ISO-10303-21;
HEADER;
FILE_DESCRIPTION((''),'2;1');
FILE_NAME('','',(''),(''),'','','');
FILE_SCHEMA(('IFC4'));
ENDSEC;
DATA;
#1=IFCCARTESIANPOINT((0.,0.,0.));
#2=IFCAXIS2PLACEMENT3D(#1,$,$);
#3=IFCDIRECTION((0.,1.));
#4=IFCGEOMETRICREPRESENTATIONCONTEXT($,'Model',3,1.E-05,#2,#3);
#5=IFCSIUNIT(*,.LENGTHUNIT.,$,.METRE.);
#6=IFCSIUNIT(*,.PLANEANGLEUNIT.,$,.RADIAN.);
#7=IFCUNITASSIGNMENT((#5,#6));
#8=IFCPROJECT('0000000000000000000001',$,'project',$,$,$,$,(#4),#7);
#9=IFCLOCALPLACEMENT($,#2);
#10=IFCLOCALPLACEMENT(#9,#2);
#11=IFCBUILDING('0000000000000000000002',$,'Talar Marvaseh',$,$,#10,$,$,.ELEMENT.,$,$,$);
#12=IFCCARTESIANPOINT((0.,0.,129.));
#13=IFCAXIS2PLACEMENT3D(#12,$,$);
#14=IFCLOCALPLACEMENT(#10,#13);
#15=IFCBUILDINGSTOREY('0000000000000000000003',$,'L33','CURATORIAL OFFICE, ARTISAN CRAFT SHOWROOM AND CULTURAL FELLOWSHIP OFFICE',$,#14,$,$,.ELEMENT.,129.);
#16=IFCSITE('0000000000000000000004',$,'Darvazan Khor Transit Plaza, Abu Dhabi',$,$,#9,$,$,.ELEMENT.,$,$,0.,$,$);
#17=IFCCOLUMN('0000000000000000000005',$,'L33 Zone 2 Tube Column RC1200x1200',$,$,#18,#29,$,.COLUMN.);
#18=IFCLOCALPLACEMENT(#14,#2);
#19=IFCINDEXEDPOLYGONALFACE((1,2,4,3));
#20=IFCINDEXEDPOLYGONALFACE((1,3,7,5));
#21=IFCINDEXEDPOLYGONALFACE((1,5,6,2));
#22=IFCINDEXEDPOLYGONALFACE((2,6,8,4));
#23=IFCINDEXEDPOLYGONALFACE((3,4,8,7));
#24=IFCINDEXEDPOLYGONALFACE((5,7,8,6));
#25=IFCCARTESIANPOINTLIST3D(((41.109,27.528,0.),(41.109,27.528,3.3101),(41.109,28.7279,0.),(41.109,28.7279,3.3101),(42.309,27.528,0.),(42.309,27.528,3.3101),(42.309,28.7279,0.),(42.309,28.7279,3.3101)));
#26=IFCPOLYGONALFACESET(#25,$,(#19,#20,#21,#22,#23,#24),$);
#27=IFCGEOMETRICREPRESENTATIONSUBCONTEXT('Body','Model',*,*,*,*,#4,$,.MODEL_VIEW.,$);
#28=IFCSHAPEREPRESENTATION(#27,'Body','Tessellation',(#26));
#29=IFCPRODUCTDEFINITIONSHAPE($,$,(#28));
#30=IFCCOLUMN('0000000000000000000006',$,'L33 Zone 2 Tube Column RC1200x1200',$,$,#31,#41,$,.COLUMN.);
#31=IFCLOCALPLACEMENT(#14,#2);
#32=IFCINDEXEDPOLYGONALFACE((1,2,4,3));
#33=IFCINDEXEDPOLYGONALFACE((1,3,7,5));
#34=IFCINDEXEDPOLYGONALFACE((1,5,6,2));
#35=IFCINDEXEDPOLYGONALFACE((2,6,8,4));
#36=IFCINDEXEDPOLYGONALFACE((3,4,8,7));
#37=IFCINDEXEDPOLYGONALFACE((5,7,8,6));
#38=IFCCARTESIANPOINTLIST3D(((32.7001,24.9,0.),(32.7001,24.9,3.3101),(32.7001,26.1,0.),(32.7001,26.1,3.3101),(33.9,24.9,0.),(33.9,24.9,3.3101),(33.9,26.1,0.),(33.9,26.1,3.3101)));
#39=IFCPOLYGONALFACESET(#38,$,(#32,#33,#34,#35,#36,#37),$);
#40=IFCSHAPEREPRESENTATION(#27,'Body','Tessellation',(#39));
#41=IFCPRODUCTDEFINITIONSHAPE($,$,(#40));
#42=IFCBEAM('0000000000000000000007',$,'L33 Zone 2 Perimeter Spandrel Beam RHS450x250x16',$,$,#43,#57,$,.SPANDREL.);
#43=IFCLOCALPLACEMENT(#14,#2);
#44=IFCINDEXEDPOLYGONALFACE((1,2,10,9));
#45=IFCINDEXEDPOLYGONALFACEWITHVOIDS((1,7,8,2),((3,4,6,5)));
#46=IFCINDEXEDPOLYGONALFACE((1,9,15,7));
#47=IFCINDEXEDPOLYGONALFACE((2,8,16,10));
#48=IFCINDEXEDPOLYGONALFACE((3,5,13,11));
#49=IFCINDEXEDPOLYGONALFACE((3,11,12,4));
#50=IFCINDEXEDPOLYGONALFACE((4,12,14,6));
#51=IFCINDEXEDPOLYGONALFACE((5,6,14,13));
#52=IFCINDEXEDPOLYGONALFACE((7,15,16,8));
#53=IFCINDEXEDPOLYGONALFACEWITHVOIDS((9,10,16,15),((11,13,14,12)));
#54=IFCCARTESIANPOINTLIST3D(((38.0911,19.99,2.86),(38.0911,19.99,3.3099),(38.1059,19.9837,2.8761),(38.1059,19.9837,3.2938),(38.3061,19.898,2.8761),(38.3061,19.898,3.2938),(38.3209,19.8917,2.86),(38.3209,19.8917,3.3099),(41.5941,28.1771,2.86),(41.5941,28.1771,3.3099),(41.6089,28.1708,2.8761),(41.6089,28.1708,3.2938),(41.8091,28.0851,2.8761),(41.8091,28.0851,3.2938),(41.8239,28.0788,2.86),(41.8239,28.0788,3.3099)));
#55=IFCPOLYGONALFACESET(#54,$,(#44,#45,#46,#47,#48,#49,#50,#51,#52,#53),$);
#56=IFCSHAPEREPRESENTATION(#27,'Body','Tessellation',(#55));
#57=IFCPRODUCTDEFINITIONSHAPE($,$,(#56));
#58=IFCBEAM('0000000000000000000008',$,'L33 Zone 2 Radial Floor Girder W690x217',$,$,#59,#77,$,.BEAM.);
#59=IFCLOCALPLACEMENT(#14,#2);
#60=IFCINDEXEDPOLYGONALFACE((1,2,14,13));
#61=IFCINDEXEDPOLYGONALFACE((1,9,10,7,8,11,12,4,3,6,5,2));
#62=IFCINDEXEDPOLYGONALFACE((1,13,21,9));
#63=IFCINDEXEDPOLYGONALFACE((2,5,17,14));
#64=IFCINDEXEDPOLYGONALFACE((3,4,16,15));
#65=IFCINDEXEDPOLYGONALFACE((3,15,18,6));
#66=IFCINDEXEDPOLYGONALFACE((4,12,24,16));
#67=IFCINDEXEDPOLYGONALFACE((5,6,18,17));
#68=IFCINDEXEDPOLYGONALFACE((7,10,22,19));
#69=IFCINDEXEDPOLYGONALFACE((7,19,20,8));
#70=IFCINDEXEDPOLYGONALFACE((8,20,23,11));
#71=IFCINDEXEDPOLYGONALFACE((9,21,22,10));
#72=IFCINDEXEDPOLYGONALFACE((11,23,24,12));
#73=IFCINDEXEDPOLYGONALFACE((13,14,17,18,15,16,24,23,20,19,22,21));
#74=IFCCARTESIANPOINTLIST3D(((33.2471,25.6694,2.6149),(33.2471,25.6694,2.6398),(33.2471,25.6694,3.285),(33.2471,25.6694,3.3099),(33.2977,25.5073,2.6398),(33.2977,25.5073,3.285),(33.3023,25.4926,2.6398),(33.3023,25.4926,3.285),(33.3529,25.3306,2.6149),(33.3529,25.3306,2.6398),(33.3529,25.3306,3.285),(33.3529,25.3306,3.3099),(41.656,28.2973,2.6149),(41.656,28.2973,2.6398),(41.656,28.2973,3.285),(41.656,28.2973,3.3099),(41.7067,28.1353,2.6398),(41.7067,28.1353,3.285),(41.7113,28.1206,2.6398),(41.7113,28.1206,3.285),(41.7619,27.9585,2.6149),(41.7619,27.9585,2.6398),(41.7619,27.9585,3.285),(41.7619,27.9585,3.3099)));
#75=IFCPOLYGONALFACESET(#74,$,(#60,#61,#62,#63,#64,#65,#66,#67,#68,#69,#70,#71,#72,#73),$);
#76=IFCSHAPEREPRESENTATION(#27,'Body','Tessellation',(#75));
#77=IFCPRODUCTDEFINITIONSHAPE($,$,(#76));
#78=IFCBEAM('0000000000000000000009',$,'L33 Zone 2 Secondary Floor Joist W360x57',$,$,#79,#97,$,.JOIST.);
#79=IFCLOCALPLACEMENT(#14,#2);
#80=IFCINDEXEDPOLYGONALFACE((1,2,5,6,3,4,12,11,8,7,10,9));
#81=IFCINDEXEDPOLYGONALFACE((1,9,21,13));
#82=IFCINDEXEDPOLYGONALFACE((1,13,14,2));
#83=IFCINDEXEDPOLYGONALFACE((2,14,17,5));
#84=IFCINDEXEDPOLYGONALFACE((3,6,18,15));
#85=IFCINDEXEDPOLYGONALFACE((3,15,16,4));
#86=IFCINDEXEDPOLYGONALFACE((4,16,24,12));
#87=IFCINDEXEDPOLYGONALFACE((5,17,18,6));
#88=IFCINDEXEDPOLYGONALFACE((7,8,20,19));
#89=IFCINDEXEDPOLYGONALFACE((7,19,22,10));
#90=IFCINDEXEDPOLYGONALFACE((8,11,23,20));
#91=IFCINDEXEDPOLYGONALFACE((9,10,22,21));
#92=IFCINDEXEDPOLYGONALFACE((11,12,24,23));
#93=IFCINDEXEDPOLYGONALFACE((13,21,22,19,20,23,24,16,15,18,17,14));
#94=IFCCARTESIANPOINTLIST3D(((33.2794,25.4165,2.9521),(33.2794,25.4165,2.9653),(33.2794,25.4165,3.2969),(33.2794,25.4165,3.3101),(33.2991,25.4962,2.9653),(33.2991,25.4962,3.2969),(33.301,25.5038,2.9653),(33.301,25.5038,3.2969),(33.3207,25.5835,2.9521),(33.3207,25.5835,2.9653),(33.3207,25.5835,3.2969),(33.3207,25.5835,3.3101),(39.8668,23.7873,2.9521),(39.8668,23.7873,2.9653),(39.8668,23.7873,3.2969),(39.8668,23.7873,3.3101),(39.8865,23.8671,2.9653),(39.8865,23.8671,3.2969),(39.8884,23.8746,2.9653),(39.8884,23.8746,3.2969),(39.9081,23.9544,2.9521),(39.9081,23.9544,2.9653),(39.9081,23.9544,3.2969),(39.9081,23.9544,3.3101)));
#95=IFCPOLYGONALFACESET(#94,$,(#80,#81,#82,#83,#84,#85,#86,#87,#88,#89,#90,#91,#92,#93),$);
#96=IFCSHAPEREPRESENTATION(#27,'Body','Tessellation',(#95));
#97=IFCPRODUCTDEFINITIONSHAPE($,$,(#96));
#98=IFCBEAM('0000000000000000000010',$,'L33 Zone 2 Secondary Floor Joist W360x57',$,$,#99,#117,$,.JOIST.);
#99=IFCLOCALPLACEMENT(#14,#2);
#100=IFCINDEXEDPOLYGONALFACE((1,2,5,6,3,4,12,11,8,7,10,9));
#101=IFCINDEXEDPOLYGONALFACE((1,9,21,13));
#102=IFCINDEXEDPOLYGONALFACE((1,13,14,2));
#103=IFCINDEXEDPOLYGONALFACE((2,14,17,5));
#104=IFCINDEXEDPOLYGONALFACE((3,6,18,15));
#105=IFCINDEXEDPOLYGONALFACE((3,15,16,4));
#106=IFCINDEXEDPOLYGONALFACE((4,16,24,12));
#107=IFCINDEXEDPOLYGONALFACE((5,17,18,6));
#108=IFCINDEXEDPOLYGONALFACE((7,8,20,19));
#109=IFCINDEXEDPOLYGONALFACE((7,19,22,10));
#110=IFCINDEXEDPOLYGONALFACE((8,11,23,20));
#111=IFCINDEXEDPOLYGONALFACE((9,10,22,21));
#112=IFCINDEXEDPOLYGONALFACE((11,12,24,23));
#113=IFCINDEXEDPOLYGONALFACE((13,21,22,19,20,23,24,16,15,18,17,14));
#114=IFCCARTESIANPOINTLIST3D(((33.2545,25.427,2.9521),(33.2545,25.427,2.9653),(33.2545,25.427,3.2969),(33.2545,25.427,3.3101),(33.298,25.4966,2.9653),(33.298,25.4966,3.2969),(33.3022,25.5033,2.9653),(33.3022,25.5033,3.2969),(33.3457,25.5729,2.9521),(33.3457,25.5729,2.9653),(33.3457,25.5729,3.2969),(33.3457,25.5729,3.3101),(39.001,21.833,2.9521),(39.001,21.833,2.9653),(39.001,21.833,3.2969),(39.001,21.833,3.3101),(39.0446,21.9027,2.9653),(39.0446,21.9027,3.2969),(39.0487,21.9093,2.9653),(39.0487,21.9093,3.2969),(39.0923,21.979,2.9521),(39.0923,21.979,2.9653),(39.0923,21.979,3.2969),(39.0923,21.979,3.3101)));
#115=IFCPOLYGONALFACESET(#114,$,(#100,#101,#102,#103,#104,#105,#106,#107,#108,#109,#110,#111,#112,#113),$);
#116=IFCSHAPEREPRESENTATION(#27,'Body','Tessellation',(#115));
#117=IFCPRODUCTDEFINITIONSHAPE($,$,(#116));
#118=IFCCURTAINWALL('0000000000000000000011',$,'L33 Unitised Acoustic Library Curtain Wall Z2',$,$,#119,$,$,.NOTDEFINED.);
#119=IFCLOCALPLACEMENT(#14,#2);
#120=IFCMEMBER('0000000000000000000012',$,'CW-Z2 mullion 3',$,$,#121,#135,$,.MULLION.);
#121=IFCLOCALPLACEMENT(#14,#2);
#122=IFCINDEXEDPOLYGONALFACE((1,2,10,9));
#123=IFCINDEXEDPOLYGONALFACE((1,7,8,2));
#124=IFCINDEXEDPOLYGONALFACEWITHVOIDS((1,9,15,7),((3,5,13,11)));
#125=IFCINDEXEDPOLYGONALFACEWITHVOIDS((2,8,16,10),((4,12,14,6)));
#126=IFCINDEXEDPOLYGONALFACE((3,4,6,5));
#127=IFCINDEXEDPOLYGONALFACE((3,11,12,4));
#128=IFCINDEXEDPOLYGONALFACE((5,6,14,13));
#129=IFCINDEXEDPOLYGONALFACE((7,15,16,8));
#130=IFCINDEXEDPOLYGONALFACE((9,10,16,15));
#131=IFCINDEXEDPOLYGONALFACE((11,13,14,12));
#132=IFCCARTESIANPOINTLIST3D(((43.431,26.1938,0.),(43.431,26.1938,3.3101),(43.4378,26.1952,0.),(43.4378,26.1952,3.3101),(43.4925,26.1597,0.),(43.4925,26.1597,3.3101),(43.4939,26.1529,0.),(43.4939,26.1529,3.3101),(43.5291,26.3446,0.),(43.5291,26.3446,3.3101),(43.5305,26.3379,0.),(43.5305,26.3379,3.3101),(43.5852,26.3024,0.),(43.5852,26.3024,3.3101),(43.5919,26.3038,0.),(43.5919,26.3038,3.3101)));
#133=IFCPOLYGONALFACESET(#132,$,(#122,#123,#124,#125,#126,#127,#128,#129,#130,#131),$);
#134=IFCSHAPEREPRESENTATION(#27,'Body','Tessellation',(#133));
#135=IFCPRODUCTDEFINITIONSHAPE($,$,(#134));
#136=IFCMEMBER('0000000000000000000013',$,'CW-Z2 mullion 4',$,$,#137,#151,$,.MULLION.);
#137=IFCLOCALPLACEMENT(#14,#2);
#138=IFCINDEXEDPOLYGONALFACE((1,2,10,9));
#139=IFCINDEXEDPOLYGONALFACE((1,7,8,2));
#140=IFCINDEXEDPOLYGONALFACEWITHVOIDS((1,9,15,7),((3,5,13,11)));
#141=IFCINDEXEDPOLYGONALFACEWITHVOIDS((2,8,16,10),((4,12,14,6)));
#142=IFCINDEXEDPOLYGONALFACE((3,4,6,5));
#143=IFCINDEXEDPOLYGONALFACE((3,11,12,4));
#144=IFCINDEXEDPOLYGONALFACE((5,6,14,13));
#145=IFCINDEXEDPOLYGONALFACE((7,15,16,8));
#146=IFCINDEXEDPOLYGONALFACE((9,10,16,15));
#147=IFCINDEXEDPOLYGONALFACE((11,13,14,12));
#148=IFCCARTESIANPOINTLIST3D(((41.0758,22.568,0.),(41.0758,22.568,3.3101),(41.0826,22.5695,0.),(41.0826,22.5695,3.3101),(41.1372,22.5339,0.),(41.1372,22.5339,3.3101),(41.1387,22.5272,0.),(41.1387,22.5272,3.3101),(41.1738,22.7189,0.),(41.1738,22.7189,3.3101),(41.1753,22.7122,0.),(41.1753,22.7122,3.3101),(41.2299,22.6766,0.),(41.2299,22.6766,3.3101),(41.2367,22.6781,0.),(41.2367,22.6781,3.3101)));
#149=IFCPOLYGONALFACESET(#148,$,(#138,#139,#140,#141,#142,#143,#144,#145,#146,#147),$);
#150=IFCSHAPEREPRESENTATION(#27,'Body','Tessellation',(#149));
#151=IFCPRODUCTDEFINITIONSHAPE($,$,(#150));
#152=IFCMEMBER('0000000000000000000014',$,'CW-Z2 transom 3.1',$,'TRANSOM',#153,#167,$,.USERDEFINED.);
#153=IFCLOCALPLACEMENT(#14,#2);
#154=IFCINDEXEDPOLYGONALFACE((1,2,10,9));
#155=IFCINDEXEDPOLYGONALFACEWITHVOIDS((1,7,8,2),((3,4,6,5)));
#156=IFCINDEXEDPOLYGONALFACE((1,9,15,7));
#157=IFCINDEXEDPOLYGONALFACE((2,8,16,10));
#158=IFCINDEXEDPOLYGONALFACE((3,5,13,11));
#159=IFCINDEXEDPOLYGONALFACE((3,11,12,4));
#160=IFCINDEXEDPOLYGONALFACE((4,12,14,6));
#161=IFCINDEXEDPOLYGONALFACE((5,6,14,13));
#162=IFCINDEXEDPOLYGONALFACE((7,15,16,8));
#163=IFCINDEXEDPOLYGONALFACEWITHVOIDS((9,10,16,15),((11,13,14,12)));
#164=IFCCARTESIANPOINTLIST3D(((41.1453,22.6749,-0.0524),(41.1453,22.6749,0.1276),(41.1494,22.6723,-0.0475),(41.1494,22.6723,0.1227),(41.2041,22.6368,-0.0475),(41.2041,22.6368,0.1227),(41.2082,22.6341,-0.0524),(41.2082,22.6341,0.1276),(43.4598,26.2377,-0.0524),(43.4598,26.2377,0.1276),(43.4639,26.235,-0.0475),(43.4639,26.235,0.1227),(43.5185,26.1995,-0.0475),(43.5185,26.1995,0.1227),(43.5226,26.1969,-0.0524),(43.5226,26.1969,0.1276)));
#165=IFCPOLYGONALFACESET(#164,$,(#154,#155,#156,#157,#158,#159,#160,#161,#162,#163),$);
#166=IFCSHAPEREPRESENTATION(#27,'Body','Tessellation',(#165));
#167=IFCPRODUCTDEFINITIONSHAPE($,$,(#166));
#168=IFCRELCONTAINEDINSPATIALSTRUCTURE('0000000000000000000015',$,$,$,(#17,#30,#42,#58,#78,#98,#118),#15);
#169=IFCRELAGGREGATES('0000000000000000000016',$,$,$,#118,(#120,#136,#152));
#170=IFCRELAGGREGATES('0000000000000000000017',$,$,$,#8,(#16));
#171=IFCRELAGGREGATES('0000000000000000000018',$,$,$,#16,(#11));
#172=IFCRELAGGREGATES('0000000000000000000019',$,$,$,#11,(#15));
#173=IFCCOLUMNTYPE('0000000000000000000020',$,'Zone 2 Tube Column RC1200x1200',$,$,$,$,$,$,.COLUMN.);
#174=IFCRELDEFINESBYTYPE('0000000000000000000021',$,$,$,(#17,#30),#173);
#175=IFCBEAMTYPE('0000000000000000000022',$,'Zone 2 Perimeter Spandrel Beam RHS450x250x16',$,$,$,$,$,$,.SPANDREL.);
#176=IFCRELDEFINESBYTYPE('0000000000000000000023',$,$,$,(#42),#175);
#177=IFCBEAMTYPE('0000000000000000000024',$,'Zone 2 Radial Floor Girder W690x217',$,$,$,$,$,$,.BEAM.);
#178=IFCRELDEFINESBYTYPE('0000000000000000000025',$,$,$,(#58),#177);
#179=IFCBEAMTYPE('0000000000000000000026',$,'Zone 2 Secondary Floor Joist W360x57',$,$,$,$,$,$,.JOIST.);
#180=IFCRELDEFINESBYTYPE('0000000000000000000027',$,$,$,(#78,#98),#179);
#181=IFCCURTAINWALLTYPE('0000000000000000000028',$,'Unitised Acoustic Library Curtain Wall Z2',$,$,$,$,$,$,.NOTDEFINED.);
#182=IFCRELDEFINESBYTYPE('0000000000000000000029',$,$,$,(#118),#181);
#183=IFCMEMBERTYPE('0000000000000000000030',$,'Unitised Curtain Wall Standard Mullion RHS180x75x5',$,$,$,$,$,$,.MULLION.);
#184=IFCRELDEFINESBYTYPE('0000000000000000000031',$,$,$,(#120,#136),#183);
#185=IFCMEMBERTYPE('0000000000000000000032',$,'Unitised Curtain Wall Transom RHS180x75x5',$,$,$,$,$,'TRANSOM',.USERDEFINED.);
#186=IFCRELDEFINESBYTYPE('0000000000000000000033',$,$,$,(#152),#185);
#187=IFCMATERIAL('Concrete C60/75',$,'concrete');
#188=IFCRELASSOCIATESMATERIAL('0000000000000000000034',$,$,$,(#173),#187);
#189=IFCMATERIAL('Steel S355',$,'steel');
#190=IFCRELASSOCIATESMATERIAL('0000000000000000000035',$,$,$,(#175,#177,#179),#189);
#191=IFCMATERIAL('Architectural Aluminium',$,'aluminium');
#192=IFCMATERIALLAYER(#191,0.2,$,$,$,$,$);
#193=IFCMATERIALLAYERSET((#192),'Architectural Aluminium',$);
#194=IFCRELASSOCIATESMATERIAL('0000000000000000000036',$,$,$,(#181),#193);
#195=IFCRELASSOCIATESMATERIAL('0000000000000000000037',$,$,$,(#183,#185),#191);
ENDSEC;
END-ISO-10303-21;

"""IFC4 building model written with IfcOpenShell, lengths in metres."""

from ifc_helpers import new_model, si_unit, direction, frame, origin, origin_2d, place, context, subcontext, project, spatial, rectangle, hollow_rectangle, i_section, extrude, source, transform, mapped, material, layer, layer_set, material_profile, profile_set, type_object, type_shapes, element, aggregate, save


model = new_model("IFC4")

# Units and contexts
model_context = context("Model", 3, precision=1e-05, world=origin(), true_north=direction((0.0, 1.0)))
body_context = subcontext(model_context, "Body", "Model", "MODEL_VIEW")
ifc_project = project(units=[si_unit("LENGTHUNIT", "METRE"), si_unit("PLANEANGLEUNIT", "RADIAN")], contexts=[model_context])

# Site, building, storey
site_placement = place(None, origin())
site = spatial("IfcSite", under=ifc_project, at=site_placement, Name="Darvazan Khor Transit Plaza, Abu Dhabi", CompositionType="ELEMENT", RefElevation=0.0)
building_placement = place(site_placement, origin())
building = spatial("IfcBuilding", under=site, at=building_placement, Name="Talar Marvaseh", CompositionType="ELEMENT")
storey_placement = place(building_placement, frame((0.0, 0.0, 129.0)))
storey = spatial("IfcBuildingStorey", under=building, at=storey_placement, Name="L33", Description="CURATORIAL OFFICE, ARTISAN CRAFT SHOWROOM AND CULTURAL FELLOWSHIP OFFICE", CompositionType="ELEMENT", Elevation=129.0)

# Columns
ifc_material_1 = material(Name="Concrete C60/75", Category="concrete")
ifc_material_profile_1 = material_profile(ifc_material_1, rectangle(XDim=1.2, YDim=1.2, at=origin_2d()), Name="RC1200x1200")
ifc_profile_set_1 = profile_set([ifc_material_profile_1], Name="Concrete C60/75")
column_type = type_object("IfcColumnType", Name="Zone 2 Tube Column RC1200x1200", PredefinedType="COLUMN", material=ifc_profile_set_1)
for number, where, z_axis, x_axis, name in (
    (1, (41.709, 28.1279, 0.0), (0.0, 0.0, 1.0), (1.0, 0.0, 0.0), "L33 Zone 2 Tube Column RC1200x1200"),
    (2, (33.3, 25.5, 0.0), (0.0, 0.0, 1.0), (1.0, 0.0, 0.0), "L33 Zone 2 Tube Column RC1200x1200"),
):
    element("IfcColumn", number, at=place(storey_placement, frame(where, z_axis=z_axis, x_axis=x_axis)), inside=storey, type_object=column_type, Name=name, PredefinedType="COLUMN", context=body_context, shape_type="SweptSolid", body=[
        extrude(rectangle(XDim=1.2, YDim=1.2, at=origin_2d()), origin(), (0.0, 0.0, 1.0), 3.3101),
    ])

# Beams
ifc_material_2 = material(Name="Steel S355", Category="steel")
ifc_material_profile_2 = material_profile(ifc_material_2, hollow_rectangle(XDim=0.25, YDim=0.45, WallThickness=0.0161, at=origin_2d()), Name="RHS450x250x16")
ifc_profile_set_2 = profile_set([ifc_material_profile_2], Name="Steel S355")
beam_type_1 = type_object("IfcBeamType", Name="Zone 2 Perimeter Spandrel Beam RHS450x250x16", PredefinedType="SPANDREL", material=ifc_profile_set_2)
beam_1_placement = place(storey_placement, frame((41.709, 28.1279, 3.085), z_axis=(-0.39337, -0.91938, 0.0), x_axis=(0.91938, -0.39337, 0.0)))
element("IfcBeam", 3, at=beam_1_placement, inside=storey, type_object=beam_type_1, Name="L33 Zone 2 Perimeter Spandrel Beam RHS450x250x16", PredefinedType="SPANDREL", context=body_context, shape_type="SweptSolid", body=[
    extrude(hollow_rectangle(XDim=0.25, YDim=0.45, WallThickness=0.0161, at=origin_2d()), origin(), (0.0, 0.0, 1.0), 8.905),
])
ifc_material_profile_3 = material_profile(ifc_material_2, i_section(OverallWidth=0.355, OverallDepth=0.6951, WebThickness=0.0154, FlangeThickness=0.0249, at=origin_2d()), Name="W690x217")
ifc_profile_set_3 = profile_set([ifc_material_profile_3], Name="Steel S355")
beam_type_2 = type_object("IfcBeamType", Name="Zone 2 Radial Floor Girder W690x217", PredefinedType="BEAM", material=ifc_profile_set_3)
beam_2_placement = place(storey_placement, frame((41.709, 28.1279, 2.9624), z_axis=(-0.954476, -0.298289, 0.0), x_axis=(0.298289, -0.954476, 0.0)))
element("IfcBeam", 4, at=beam_2_placement, inside=storey, type_object=beam_type_2, Name="L33 Zone 2 Radial Floor Girder W690x217", PredefinedType="BEAM", context=body_context, shape_type="SweptSolid", body=[
    extrude(i_section(OverallWidth=0.355, OverallDepth=0.6951, WebThickness=0.0154, FlangeThickness=0.0249, at=origin_2d()), origin(), (0.0, 0.0, 1.0), 8.8101),
])
ifc_material_profile_4 = material_profile(ifc_material_2, i_section(OverallWidth=0.1721, OverallDepth=0.3579, WebThickness=0.0078, FlangeThickness=0.0132, at=origin_2d()), Name="W360x57")
ifc_profile_set_4 = profile_set([ifc_material_profile_4], Name="Steel S355")
beam_type_3 = type_object("IfcBeamType", Name="Zone 2 Secondary Floor Joist W360x57", PredefinedType="JOIST", material=ifc_profile_set_4)
beam_3_placement = place(storey_placement, frame((39.8875, 23.8708, 3.1311), z_axis=(-0.970753, 0.24008, 0.0), x_axis=(-0.24008, -0.970753, 0.0)))
element("IfcBeam", 5, at=beam_3_placement, inside=storey, type_object=beam_type_3, Name="L33 Zone 2 Secondary Floor Joist W360x57", PredefinedType="JOIST", context=body_context, shape_type="SweptSolid", body=[
    extrude(i_section(OverallWidth=0.1721, OverallDepth=0.3579, WebThickness=0.0078, FlangeThickness=0.0132, at=origin_2d()), origin(), (0.0, 0.0, 1.0), 6.7859),
])
beam_4_placement = place(storey_placement, frame((39.0466, 21.906, 3.1311), z_axis=(-0.84784, 0.530251, 0.0), x_axis=(-0.530251, -0.84784, 0.0)))
element("IfcBeam", 6, at=beam_4_placement, inside=storey, type_object=beam_type_3, Name="L33 Zone 2 Secondary Floor Joist W360x57", PredefinedType="JOIST", context=body_context, shape_type="SweptSolid", body=[
    extrude(i_section(OverallWidth=0.1721, OverallDepth=0.3579, WebThickness=0.0078, FlangeThickness=0.0132, at=origin_2d()), origin(), (0.0, 0.0, 1.0), 6.7778),
])

# Curtain wall, members
ifc_material_3 = material(Name="Architectural Aluminium", Category="aluminium")
ifc_layer_1 = layer(ifc_material_3, 0.2)
ifc_layer_set_1 = layer_set([ifc_layer_1], Name="Architectural Aluminium")
curtain_wall_type = type_object("IfcCurtainWallType", Name="Unitised Acoustic Library Curtain Wall Z2", PredefinedType="NOTDEFINED", material=ifc_layer_set_1)
curtain_wall_placement = place(storey_placement, origin())
curtain_wall = element("IfcCurtainWall", 7, at=curtain_wall_placement, inside=storey, type_object=curtain_wall_type, Name="L33 Unitised Acoustic Library Curtain Wall Z2", PredefinedType="NOTDEFINED")
ifc_material_profile_5 = material_profile(ifc_material_3, hollow_rectangle(XDim=0.075, YDim=0.1799, WallThickness=0.0049, at=origin_2d()), Name="RHS180x75x5")
ifc_profile_set_5 = profile_set([ifc_material_profile_5], Name="Architectural Aluminium")
member_type_1 = type_object("IfcMemberType", Name="Unitised Curtain Wall Standard Mullion RHS180x75x5", PredefinedType="MULLION", material=ifc_profile_set_5)
shared_shape_1 = source(origin(), body_context, "Body", "SweptSolid", [
    extrude(hollow_rectangle(XDim=0.075, YDim=0.1799, WallThickness=0.0049, at=origin_2d()), origin(), (0.0, 0.0, 1.0), 3.3101),
])
type_shapes(member_type_1, [shared_shape_1])
member_1_placement = place(storey_placement, frame((43.5115, 26.2488, 0.0), z_axis=(0.0, 0.0, 1.0), x_axis=(0.838586, -0.544769, 0.0)))
member_1 = element("IfcMember", 8, at=member_1_placement, type_object=member_type_1, Name="CW-Z2 mullion 3", PredefinedType="MULLION", context=body_context, shape_type="MappedRepresentation", body=[
    mapped(shared_shape_1, transform((0.0, 0.0, 0.0), x_axis=(1.0, 0.0, 0.0), y_axis=(0.0, 1.0, 0.0), z_axis=(0.0, 0.0, 1.0), scale=1.0)),
])
member_2_placement = place(storey_placement, frame((41.1562, 22.623, 0.0), z_axis=(0.0, 0.0, 1.0), x_axis=(0.838586, -0.544769, 0.0)))
member_2 = element("IfcMember", 9, at=member_2_placement, type_object=member_type_1, Name="CW-Z2 mullion 4", PredefinedType="MULLION", context=body_context, shape_type="MappedRepresentation", body=[
    mapped(shared_shape_1, transform((0.0, 0.0, 0.0), x_axis=(1.0, 0.0, 0.0), y_axis=(0.0, 1.0, 0.0), z_axis=(0.0, 0.0, 1.0), scale=1.0)),
])
ifc_material_profile_6 = material_profile(ifc_material_3, hollow_rectangle(XDim=0.075, YDim=0.1799, WallThickness=0.0049, at=origin_2d()), Name="RHS180x75x5")
ifc_profile_set_6 = profile_set([ifc_material_profile_6], Name="Architectural Aluminium")
member_type_2 = type_object("IfcMemberType", Name="Unitised Curtain Wall Transom RHS180x75x5", ElementType="TRANSOM", PredefinedType="USERDEFINED", material=ifc_profile_set_6)
shared_shape_2 = source(origin(), body_context, "Body", "SweptSolid", [
    extrude(hollow_rectangle(XDim=0.075, YDim=0.1799, WallThickness=0.0049, at=origin_2d()), origin(), (0.0, 0.0, 1.0), 4.2485),
])
type_shapes(member_type_2, [shared_shape_2])
member_3_placement = place(storey_placement, frame((43.4912, 26.2173, 0.0376), z_axis=(-0.544768, -0.838587, 0.0), x_axis=(0.838587, -0.544768, 0.0)))
member_3 = element("IfcMember", 10, at=member_3_placement, type_object=member_type_2, Name="CW-Z2 transom 3.1", ObjectType="TRANSOM", PredefinedType="USERDEFINED", context=body_context, shape_type="MappedRepresentation", body=[
    mapped(shared_shape_2, transform((0.0, 0.0, 0.0), x_axis=(1.0, 0.0, 0.0), y_axis=(0.0, 1.0, 0.0), z_axis=(0.0, 0.0, 1.0), scale=1.0)),
])
aggregate(curtain_wall, [member_1, member_2, member_3])

save(model, "model.ifc")
